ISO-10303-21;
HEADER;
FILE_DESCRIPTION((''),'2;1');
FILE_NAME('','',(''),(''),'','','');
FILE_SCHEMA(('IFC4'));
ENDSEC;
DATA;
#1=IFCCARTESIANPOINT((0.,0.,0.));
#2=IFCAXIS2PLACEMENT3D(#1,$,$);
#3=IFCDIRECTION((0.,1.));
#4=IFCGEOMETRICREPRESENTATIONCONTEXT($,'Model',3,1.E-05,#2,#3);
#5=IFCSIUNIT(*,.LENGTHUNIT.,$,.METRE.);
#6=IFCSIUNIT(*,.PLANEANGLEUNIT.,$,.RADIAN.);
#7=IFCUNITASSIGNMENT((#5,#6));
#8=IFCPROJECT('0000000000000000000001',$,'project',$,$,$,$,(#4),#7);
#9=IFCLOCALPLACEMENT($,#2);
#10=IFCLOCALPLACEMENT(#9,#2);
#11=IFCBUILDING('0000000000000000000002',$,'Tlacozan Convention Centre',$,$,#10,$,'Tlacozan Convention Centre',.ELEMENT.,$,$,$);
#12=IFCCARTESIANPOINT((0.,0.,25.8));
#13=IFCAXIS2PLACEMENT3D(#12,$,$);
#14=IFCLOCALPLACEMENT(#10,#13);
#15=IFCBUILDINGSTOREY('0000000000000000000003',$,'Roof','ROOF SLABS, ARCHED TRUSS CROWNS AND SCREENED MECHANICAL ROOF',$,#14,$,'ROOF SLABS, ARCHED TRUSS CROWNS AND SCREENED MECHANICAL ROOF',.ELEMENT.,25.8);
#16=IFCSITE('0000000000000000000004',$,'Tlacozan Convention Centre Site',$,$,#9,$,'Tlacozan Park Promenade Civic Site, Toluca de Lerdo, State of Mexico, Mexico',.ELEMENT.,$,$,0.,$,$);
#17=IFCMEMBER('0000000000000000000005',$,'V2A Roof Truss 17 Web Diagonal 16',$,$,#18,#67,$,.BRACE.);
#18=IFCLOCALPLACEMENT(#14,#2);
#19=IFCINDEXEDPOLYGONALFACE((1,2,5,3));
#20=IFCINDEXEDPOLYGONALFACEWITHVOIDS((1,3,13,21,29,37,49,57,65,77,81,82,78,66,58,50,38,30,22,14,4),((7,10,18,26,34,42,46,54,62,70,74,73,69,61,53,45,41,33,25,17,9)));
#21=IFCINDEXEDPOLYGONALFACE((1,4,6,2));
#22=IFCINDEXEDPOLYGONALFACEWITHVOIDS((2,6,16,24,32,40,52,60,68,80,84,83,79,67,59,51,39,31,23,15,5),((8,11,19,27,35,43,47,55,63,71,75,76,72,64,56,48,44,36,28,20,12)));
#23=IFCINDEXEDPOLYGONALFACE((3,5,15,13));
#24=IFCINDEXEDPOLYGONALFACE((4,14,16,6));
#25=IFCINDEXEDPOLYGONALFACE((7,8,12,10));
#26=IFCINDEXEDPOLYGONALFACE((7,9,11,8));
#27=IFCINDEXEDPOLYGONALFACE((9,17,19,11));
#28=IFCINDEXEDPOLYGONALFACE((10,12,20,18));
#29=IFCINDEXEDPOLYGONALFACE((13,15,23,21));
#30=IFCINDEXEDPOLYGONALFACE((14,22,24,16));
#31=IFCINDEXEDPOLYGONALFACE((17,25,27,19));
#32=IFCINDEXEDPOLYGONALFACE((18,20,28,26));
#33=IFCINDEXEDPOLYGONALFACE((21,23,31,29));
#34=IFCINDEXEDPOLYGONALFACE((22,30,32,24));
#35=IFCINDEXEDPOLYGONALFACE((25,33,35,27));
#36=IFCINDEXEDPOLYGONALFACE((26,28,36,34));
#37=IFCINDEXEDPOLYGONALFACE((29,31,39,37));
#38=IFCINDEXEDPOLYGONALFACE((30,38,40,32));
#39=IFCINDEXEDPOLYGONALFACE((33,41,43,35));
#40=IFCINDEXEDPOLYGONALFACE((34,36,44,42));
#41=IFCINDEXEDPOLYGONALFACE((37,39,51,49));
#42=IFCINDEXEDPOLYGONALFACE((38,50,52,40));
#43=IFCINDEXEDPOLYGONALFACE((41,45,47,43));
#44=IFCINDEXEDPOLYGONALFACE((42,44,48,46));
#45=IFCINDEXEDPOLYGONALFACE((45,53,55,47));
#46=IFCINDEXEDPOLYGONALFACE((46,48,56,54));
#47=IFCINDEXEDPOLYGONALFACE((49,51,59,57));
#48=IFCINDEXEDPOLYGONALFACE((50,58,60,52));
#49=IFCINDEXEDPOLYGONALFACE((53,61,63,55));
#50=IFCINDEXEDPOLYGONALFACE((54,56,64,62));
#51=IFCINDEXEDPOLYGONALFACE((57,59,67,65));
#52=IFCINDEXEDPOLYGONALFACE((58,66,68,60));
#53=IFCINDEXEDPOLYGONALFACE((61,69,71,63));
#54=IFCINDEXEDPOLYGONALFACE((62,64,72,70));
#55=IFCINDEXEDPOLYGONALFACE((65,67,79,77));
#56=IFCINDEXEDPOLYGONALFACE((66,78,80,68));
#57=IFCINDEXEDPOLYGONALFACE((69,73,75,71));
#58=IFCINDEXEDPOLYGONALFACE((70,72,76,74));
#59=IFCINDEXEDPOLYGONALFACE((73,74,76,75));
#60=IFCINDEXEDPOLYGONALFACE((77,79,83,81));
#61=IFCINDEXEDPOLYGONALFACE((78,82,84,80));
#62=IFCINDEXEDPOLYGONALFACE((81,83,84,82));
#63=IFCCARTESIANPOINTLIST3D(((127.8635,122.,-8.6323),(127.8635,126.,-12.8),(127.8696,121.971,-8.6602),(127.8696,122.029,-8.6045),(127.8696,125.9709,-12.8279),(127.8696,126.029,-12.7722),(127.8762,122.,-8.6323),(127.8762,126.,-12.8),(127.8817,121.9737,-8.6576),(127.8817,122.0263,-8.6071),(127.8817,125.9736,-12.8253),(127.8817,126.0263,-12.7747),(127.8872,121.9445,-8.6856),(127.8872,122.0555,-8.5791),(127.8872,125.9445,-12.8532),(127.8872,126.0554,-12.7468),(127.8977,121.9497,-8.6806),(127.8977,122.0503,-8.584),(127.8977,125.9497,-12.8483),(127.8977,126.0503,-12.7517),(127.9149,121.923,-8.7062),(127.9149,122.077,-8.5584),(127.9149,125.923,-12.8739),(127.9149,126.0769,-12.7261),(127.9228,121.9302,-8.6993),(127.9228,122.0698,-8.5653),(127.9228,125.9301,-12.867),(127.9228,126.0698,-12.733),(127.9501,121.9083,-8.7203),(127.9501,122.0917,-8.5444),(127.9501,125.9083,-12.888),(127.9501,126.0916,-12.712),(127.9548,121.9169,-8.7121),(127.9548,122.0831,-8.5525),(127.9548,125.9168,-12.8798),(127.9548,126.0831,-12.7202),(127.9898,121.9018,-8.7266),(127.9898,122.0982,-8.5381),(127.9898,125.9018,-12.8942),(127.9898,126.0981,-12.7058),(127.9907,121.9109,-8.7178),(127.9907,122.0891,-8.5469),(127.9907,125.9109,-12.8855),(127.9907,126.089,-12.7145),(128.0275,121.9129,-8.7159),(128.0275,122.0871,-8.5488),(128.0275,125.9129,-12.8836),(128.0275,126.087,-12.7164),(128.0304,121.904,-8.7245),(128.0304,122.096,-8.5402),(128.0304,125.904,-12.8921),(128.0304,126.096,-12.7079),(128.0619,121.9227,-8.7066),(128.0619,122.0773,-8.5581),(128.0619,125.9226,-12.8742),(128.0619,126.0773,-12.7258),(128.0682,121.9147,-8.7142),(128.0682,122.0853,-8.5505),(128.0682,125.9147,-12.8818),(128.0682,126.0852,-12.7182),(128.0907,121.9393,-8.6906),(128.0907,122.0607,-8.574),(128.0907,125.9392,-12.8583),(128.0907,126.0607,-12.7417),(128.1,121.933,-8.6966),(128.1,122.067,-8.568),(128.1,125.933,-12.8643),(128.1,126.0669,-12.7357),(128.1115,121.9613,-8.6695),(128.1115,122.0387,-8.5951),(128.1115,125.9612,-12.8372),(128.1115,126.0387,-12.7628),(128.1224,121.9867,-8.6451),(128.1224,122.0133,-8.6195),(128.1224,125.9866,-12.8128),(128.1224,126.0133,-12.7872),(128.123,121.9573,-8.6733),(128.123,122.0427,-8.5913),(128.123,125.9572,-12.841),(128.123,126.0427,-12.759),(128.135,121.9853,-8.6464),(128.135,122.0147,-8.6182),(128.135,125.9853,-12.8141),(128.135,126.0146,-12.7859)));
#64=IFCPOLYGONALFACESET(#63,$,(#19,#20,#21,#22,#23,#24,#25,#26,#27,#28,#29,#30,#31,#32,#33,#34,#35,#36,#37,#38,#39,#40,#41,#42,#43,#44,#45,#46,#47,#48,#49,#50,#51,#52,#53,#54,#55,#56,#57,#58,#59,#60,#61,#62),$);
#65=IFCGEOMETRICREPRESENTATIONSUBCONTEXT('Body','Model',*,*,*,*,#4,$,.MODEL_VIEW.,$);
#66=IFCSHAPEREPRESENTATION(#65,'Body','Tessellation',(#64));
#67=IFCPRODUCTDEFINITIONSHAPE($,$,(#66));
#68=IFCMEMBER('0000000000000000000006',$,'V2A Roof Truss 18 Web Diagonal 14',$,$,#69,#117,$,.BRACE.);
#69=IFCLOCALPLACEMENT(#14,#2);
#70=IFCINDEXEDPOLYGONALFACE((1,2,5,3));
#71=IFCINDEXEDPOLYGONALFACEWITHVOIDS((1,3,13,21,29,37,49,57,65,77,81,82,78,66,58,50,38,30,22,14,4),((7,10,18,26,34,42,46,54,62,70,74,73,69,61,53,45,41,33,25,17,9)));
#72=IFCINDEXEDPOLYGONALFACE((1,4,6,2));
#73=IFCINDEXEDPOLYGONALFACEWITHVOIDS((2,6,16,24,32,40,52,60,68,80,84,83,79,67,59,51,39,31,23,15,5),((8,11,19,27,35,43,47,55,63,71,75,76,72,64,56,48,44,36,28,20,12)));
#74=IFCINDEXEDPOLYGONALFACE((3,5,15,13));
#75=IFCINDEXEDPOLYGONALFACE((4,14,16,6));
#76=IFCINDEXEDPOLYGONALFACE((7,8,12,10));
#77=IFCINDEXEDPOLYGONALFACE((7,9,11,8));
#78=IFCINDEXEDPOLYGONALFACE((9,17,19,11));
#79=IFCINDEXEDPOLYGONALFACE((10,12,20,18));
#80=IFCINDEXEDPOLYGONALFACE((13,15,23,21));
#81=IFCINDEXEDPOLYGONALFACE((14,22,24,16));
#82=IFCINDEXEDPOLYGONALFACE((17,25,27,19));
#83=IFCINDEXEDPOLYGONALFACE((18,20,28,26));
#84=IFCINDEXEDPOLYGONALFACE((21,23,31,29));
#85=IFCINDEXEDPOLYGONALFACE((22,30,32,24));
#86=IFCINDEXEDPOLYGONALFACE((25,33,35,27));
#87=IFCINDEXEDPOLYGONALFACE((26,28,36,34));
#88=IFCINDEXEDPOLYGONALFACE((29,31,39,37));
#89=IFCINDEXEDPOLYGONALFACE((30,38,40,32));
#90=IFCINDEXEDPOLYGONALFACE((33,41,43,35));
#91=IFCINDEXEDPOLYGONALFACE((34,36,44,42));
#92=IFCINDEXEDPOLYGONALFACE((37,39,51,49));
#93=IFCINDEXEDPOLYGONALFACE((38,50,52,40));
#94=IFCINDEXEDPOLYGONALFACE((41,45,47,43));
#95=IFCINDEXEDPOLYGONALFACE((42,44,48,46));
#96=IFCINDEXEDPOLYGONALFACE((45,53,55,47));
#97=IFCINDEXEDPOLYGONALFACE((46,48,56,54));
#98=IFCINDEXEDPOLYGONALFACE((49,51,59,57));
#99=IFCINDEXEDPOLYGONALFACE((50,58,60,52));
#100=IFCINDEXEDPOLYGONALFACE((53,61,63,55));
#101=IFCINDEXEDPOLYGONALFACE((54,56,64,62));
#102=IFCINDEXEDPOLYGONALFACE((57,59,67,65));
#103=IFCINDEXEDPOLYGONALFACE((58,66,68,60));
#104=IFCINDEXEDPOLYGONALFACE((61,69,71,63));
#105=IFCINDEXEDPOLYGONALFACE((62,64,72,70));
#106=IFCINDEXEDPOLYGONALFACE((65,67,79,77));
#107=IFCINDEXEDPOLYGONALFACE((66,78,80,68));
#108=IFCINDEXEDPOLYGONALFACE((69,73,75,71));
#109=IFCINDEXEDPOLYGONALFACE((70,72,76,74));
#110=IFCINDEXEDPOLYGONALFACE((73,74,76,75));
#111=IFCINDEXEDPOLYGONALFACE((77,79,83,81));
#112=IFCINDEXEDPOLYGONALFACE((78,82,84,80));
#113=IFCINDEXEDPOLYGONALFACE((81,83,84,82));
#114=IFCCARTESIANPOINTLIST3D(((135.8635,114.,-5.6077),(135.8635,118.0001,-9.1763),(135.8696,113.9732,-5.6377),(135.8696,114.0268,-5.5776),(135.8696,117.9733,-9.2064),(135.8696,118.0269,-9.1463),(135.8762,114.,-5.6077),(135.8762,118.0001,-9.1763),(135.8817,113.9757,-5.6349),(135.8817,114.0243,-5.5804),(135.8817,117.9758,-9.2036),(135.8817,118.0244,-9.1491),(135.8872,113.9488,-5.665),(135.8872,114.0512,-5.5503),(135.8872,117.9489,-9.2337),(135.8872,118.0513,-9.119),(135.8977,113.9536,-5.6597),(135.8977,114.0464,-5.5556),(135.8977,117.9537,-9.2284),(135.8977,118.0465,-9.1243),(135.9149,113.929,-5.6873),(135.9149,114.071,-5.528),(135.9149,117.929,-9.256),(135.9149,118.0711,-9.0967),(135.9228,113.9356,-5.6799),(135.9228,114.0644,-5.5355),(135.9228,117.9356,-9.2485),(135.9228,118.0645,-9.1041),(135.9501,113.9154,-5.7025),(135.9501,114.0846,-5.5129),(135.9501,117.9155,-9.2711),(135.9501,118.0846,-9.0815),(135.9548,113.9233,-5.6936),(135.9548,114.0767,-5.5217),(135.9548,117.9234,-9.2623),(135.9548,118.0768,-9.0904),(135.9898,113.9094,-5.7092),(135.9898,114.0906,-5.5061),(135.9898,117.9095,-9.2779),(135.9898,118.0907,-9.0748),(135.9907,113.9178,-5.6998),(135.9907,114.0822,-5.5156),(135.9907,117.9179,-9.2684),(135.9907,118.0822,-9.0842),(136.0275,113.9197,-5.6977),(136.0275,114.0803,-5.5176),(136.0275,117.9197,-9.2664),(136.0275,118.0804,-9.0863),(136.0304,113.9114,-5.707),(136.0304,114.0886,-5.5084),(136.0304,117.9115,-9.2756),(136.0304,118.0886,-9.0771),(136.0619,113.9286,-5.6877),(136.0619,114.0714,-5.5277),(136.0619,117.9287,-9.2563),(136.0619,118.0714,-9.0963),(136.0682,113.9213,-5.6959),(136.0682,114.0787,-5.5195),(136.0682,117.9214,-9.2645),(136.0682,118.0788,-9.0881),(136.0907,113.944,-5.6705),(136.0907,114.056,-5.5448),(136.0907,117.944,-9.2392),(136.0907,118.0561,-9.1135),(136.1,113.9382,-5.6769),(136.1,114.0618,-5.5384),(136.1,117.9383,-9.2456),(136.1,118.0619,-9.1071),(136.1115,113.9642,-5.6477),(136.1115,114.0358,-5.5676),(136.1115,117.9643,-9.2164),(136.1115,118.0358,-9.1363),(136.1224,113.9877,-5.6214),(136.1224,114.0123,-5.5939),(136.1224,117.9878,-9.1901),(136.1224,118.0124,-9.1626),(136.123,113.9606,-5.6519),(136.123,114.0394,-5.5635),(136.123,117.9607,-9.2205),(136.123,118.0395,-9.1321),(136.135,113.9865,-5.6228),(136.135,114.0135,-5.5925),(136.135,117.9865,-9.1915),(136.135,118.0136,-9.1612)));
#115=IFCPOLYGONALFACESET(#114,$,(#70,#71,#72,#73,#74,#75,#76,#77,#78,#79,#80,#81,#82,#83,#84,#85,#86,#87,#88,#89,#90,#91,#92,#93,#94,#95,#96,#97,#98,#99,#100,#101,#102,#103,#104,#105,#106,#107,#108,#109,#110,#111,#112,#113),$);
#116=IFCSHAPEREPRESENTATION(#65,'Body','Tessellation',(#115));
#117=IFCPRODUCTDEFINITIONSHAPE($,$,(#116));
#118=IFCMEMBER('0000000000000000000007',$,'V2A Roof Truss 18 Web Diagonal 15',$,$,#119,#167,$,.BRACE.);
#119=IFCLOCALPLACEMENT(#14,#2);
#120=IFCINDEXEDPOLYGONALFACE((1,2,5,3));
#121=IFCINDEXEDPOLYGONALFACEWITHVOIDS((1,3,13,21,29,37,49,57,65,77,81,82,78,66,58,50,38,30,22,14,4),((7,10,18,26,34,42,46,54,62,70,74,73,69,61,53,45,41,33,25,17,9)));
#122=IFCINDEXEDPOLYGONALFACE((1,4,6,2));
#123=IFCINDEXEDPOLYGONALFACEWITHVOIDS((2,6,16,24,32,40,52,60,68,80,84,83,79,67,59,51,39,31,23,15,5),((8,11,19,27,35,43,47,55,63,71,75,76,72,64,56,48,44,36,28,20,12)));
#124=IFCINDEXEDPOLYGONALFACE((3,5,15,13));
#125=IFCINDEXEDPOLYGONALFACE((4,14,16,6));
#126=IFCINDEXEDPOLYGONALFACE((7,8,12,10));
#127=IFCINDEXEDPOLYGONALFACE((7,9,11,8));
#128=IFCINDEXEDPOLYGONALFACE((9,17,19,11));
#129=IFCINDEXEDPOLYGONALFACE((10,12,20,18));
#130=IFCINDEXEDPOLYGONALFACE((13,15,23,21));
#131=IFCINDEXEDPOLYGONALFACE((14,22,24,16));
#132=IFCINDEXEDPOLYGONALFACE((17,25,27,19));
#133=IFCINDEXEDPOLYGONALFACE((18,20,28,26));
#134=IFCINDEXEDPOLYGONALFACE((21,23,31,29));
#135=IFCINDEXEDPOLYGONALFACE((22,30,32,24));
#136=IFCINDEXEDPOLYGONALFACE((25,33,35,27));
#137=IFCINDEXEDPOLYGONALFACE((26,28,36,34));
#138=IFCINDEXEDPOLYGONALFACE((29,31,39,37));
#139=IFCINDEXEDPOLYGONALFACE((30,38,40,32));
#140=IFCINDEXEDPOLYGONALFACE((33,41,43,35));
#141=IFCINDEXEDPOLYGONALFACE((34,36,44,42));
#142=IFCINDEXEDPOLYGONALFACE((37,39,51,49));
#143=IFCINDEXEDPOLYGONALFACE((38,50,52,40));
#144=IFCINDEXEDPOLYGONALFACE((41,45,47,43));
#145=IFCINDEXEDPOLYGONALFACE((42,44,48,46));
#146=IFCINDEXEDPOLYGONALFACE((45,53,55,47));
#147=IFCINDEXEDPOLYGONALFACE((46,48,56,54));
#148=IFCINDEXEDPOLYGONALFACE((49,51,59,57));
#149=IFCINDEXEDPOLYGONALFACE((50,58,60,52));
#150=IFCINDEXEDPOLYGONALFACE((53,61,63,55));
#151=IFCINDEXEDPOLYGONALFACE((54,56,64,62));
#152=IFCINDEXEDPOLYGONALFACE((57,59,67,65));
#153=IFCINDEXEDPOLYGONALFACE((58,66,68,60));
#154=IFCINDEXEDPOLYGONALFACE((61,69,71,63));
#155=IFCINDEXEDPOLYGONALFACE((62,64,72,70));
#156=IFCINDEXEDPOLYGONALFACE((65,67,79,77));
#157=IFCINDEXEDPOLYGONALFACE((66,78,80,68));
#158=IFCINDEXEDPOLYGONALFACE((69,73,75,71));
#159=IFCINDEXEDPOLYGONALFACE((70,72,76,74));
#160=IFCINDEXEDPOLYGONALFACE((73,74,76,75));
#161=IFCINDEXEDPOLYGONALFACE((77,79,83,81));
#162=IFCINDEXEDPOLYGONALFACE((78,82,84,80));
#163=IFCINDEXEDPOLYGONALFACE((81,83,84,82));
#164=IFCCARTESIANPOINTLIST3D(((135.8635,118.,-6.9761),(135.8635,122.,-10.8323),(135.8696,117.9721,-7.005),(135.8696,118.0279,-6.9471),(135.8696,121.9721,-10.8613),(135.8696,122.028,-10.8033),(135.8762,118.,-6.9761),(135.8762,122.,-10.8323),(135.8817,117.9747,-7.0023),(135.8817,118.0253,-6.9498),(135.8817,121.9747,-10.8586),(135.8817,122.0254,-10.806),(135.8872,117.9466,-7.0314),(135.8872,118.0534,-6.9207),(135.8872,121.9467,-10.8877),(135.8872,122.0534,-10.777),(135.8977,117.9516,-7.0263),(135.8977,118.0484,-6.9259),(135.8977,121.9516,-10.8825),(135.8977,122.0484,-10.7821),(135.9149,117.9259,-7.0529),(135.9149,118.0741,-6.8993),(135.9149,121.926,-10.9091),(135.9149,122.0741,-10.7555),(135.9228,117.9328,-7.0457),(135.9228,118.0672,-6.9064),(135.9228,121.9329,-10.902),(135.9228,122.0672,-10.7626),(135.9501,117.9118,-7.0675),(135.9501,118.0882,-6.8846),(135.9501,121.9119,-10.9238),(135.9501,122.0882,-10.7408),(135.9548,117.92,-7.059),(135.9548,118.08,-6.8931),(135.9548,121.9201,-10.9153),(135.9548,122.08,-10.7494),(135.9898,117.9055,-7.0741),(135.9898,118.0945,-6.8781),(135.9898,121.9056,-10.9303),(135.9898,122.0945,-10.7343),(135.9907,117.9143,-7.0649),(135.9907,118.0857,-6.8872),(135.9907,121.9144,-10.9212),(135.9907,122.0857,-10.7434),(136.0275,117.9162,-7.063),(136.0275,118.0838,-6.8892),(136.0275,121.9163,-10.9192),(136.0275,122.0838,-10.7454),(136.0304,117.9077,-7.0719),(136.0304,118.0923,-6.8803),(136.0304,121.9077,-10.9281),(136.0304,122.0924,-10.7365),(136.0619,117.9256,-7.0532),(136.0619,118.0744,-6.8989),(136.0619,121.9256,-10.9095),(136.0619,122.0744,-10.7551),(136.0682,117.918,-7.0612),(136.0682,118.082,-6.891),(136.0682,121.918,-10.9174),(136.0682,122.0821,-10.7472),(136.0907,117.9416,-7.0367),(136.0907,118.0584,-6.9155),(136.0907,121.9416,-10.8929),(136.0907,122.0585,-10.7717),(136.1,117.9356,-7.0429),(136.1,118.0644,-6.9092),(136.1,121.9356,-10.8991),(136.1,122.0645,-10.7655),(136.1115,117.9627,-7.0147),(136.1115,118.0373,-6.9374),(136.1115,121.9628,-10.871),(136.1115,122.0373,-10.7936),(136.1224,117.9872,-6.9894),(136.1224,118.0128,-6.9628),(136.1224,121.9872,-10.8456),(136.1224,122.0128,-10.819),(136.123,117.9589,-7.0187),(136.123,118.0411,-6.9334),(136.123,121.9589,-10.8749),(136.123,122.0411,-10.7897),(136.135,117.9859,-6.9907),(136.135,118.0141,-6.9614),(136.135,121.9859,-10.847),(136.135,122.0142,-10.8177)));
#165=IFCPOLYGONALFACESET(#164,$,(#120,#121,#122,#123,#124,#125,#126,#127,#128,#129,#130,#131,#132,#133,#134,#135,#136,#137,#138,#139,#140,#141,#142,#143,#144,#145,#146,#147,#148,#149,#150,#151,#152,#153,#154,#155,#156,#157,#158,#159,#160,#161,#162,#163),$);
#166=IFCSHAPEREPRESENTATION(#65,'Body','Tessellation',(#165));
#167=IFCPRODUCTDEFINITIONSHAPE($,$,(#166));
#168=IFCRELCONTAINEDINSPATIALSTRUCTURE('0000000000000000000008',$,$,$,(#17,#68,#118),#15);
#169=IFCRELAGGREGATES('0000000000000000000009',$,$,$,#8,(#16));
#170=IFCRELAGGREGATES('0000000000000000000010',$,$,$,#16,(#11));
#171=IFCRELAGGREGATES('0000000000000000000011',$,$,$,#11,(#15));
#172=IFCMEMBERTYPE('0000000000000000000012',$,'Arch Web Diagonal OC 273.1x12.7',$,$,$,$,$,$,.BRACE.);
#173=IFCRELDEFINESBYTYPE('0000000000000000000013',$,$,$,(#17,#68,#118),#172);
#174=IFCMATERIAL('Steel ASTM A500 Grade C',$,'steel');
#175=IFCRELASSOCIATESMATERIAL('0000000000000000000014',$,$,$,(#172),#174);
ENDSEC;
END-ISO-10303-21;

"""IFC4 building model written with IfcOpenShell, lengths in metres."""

from ifc_helpers import new_model, si_unit, direction, frame, origin, origin_2d, place, context, subcontext, project, spatial, hollow_circle, extrude, material, material_profile, profile_set, type_object, element, save


model = new_model("IFC4")

# Units and contexts
model_context = context("Model", 3, precision=1e-05, world=origin(), true_north=direction((0.0, 1.0)))
body_context = subcontext(model_context, "Body", "Model", "MODEL_VIEW")
ifc_project = project(units=[si_unit("LENGTHUNIT", "METRE"), si_unit("PLANEANGLEUNIT", "RADIAN")], contexts=[model_context])

# Site, building, storey
site_placement = place(None, origin())
site = spatial("IfcSite", under=ifc_project, at=site_placement, Name="Tlacozan Convention Centre Site", LongName="Tlacozan Park Promenade Civic Site, Toluca de Lerdo, State of Mexico, Mexico", CompositionType="ELEMENT", RefElevation=0.0)
building_placement = place(site_placement, origin())
building = spatial("IfcBuilding", under=site, at=building_placement, Name="Tlacozan Convention Centre", LongName="Tlacozan Convention Centre", CompositionType="ELEMENT")
storey_placement = place(building_placement, frame((0.0, 0.0, 25.8)))
storey = spatial("IfcBuildingStorey", under=building, at=storey_placement, Name="Roof", Description="ROOF SLABS, ARCHED TRUSS CROWNS AND SCREENED MECHANICAL ROOF", LongName="ROOF SLABS, ARCHED TRUSS CROWNS AND SCREENED MECHANICAL ROOF", CompositionType="ELEMENT", Elevation=25.8)

# Members
ifc_material_1 = material(Name="Steel ASTM A500 Grade C", Category="steel")
ifc_material_profile_1 = material_profile(ifc_material_1, hollow_circle(Radius=0.1365, WallThickness=0.0127, at=origin_2d()), Name="OC 273.1x12.7")
ifc_profile_set_1 = profile_set([ifc_material_profile_1], Name="Steel ASTM A500 Grade C")
member_type_1 = type_object("IfcMemberType", Name="Arch Web Diagonal OC 273.1x12.7", PredefinedType="BRACE", material=ifc_profile_set_1)
member_1_placement = place(storey_placement, frame((128.0, 122.0, -8.6323), z_axis=(0.0, 0.69244, -0.721475), x_axis=(-1.0, 0.0, 0.0)))
element("IfcMember", 1, at=member_1_placement, inside=storey, type_object=member_type_1, Name="V2A Roof Truss 17 Web Diagonal 16", PredefinedType="BRACE", context=body_context, shape_type="SweptSolid", body=[
    extrude(hollow_circle(Radius=0.1365, WallThickness=0.0127, at=origin_2d()), origin(), (0.0, 0.0, 1.0), 5.7766),
])
member_2_placement = place(storey_placement, frame((136.0, 114.0, -5.6077), z_axis=(0.0, 0.746199, -0.665722), x_axis=(-1.0, 0.0, 0.0)))
element("IfcMember", 2, at=member_2_placement, inside=storey, type_object=member_type_1, Name="V2A Roof Truss 18 Web Diagonal 14", PredefinedType="BRACE", context=body_context, shape_type="SweptSolid", body=[
    extrude(hollow_circle(Radius=0.1365, WallThickness=0.0127, at=origin_2d()), origin(), (0.0, 0.0, 1.0), 5.3606),
])
member_3_placement = place(storey_placement, frame((136.0, 118.0, -6.9761), z_axis=(0.0, 0.719929, -0.694048), x_axis=(-1.0, 0.0, 0.0)))
element("IfcMember", 3, at=member_3_placement, inside=storey, type_object=member_type_1, Name="V2A Roof Truss 18 Web Diagonal 15", PredefinedType="BRACE", context=body_context, shape_type="SweptSolid", body=[
    extrude(hollow_circle(Radius=0.1365, WallThickness=0.0127, at=origin_2d()), origin(), (0.0, 0.0, 1.0), 5.5562),
])

save(model, "model.ifc")
